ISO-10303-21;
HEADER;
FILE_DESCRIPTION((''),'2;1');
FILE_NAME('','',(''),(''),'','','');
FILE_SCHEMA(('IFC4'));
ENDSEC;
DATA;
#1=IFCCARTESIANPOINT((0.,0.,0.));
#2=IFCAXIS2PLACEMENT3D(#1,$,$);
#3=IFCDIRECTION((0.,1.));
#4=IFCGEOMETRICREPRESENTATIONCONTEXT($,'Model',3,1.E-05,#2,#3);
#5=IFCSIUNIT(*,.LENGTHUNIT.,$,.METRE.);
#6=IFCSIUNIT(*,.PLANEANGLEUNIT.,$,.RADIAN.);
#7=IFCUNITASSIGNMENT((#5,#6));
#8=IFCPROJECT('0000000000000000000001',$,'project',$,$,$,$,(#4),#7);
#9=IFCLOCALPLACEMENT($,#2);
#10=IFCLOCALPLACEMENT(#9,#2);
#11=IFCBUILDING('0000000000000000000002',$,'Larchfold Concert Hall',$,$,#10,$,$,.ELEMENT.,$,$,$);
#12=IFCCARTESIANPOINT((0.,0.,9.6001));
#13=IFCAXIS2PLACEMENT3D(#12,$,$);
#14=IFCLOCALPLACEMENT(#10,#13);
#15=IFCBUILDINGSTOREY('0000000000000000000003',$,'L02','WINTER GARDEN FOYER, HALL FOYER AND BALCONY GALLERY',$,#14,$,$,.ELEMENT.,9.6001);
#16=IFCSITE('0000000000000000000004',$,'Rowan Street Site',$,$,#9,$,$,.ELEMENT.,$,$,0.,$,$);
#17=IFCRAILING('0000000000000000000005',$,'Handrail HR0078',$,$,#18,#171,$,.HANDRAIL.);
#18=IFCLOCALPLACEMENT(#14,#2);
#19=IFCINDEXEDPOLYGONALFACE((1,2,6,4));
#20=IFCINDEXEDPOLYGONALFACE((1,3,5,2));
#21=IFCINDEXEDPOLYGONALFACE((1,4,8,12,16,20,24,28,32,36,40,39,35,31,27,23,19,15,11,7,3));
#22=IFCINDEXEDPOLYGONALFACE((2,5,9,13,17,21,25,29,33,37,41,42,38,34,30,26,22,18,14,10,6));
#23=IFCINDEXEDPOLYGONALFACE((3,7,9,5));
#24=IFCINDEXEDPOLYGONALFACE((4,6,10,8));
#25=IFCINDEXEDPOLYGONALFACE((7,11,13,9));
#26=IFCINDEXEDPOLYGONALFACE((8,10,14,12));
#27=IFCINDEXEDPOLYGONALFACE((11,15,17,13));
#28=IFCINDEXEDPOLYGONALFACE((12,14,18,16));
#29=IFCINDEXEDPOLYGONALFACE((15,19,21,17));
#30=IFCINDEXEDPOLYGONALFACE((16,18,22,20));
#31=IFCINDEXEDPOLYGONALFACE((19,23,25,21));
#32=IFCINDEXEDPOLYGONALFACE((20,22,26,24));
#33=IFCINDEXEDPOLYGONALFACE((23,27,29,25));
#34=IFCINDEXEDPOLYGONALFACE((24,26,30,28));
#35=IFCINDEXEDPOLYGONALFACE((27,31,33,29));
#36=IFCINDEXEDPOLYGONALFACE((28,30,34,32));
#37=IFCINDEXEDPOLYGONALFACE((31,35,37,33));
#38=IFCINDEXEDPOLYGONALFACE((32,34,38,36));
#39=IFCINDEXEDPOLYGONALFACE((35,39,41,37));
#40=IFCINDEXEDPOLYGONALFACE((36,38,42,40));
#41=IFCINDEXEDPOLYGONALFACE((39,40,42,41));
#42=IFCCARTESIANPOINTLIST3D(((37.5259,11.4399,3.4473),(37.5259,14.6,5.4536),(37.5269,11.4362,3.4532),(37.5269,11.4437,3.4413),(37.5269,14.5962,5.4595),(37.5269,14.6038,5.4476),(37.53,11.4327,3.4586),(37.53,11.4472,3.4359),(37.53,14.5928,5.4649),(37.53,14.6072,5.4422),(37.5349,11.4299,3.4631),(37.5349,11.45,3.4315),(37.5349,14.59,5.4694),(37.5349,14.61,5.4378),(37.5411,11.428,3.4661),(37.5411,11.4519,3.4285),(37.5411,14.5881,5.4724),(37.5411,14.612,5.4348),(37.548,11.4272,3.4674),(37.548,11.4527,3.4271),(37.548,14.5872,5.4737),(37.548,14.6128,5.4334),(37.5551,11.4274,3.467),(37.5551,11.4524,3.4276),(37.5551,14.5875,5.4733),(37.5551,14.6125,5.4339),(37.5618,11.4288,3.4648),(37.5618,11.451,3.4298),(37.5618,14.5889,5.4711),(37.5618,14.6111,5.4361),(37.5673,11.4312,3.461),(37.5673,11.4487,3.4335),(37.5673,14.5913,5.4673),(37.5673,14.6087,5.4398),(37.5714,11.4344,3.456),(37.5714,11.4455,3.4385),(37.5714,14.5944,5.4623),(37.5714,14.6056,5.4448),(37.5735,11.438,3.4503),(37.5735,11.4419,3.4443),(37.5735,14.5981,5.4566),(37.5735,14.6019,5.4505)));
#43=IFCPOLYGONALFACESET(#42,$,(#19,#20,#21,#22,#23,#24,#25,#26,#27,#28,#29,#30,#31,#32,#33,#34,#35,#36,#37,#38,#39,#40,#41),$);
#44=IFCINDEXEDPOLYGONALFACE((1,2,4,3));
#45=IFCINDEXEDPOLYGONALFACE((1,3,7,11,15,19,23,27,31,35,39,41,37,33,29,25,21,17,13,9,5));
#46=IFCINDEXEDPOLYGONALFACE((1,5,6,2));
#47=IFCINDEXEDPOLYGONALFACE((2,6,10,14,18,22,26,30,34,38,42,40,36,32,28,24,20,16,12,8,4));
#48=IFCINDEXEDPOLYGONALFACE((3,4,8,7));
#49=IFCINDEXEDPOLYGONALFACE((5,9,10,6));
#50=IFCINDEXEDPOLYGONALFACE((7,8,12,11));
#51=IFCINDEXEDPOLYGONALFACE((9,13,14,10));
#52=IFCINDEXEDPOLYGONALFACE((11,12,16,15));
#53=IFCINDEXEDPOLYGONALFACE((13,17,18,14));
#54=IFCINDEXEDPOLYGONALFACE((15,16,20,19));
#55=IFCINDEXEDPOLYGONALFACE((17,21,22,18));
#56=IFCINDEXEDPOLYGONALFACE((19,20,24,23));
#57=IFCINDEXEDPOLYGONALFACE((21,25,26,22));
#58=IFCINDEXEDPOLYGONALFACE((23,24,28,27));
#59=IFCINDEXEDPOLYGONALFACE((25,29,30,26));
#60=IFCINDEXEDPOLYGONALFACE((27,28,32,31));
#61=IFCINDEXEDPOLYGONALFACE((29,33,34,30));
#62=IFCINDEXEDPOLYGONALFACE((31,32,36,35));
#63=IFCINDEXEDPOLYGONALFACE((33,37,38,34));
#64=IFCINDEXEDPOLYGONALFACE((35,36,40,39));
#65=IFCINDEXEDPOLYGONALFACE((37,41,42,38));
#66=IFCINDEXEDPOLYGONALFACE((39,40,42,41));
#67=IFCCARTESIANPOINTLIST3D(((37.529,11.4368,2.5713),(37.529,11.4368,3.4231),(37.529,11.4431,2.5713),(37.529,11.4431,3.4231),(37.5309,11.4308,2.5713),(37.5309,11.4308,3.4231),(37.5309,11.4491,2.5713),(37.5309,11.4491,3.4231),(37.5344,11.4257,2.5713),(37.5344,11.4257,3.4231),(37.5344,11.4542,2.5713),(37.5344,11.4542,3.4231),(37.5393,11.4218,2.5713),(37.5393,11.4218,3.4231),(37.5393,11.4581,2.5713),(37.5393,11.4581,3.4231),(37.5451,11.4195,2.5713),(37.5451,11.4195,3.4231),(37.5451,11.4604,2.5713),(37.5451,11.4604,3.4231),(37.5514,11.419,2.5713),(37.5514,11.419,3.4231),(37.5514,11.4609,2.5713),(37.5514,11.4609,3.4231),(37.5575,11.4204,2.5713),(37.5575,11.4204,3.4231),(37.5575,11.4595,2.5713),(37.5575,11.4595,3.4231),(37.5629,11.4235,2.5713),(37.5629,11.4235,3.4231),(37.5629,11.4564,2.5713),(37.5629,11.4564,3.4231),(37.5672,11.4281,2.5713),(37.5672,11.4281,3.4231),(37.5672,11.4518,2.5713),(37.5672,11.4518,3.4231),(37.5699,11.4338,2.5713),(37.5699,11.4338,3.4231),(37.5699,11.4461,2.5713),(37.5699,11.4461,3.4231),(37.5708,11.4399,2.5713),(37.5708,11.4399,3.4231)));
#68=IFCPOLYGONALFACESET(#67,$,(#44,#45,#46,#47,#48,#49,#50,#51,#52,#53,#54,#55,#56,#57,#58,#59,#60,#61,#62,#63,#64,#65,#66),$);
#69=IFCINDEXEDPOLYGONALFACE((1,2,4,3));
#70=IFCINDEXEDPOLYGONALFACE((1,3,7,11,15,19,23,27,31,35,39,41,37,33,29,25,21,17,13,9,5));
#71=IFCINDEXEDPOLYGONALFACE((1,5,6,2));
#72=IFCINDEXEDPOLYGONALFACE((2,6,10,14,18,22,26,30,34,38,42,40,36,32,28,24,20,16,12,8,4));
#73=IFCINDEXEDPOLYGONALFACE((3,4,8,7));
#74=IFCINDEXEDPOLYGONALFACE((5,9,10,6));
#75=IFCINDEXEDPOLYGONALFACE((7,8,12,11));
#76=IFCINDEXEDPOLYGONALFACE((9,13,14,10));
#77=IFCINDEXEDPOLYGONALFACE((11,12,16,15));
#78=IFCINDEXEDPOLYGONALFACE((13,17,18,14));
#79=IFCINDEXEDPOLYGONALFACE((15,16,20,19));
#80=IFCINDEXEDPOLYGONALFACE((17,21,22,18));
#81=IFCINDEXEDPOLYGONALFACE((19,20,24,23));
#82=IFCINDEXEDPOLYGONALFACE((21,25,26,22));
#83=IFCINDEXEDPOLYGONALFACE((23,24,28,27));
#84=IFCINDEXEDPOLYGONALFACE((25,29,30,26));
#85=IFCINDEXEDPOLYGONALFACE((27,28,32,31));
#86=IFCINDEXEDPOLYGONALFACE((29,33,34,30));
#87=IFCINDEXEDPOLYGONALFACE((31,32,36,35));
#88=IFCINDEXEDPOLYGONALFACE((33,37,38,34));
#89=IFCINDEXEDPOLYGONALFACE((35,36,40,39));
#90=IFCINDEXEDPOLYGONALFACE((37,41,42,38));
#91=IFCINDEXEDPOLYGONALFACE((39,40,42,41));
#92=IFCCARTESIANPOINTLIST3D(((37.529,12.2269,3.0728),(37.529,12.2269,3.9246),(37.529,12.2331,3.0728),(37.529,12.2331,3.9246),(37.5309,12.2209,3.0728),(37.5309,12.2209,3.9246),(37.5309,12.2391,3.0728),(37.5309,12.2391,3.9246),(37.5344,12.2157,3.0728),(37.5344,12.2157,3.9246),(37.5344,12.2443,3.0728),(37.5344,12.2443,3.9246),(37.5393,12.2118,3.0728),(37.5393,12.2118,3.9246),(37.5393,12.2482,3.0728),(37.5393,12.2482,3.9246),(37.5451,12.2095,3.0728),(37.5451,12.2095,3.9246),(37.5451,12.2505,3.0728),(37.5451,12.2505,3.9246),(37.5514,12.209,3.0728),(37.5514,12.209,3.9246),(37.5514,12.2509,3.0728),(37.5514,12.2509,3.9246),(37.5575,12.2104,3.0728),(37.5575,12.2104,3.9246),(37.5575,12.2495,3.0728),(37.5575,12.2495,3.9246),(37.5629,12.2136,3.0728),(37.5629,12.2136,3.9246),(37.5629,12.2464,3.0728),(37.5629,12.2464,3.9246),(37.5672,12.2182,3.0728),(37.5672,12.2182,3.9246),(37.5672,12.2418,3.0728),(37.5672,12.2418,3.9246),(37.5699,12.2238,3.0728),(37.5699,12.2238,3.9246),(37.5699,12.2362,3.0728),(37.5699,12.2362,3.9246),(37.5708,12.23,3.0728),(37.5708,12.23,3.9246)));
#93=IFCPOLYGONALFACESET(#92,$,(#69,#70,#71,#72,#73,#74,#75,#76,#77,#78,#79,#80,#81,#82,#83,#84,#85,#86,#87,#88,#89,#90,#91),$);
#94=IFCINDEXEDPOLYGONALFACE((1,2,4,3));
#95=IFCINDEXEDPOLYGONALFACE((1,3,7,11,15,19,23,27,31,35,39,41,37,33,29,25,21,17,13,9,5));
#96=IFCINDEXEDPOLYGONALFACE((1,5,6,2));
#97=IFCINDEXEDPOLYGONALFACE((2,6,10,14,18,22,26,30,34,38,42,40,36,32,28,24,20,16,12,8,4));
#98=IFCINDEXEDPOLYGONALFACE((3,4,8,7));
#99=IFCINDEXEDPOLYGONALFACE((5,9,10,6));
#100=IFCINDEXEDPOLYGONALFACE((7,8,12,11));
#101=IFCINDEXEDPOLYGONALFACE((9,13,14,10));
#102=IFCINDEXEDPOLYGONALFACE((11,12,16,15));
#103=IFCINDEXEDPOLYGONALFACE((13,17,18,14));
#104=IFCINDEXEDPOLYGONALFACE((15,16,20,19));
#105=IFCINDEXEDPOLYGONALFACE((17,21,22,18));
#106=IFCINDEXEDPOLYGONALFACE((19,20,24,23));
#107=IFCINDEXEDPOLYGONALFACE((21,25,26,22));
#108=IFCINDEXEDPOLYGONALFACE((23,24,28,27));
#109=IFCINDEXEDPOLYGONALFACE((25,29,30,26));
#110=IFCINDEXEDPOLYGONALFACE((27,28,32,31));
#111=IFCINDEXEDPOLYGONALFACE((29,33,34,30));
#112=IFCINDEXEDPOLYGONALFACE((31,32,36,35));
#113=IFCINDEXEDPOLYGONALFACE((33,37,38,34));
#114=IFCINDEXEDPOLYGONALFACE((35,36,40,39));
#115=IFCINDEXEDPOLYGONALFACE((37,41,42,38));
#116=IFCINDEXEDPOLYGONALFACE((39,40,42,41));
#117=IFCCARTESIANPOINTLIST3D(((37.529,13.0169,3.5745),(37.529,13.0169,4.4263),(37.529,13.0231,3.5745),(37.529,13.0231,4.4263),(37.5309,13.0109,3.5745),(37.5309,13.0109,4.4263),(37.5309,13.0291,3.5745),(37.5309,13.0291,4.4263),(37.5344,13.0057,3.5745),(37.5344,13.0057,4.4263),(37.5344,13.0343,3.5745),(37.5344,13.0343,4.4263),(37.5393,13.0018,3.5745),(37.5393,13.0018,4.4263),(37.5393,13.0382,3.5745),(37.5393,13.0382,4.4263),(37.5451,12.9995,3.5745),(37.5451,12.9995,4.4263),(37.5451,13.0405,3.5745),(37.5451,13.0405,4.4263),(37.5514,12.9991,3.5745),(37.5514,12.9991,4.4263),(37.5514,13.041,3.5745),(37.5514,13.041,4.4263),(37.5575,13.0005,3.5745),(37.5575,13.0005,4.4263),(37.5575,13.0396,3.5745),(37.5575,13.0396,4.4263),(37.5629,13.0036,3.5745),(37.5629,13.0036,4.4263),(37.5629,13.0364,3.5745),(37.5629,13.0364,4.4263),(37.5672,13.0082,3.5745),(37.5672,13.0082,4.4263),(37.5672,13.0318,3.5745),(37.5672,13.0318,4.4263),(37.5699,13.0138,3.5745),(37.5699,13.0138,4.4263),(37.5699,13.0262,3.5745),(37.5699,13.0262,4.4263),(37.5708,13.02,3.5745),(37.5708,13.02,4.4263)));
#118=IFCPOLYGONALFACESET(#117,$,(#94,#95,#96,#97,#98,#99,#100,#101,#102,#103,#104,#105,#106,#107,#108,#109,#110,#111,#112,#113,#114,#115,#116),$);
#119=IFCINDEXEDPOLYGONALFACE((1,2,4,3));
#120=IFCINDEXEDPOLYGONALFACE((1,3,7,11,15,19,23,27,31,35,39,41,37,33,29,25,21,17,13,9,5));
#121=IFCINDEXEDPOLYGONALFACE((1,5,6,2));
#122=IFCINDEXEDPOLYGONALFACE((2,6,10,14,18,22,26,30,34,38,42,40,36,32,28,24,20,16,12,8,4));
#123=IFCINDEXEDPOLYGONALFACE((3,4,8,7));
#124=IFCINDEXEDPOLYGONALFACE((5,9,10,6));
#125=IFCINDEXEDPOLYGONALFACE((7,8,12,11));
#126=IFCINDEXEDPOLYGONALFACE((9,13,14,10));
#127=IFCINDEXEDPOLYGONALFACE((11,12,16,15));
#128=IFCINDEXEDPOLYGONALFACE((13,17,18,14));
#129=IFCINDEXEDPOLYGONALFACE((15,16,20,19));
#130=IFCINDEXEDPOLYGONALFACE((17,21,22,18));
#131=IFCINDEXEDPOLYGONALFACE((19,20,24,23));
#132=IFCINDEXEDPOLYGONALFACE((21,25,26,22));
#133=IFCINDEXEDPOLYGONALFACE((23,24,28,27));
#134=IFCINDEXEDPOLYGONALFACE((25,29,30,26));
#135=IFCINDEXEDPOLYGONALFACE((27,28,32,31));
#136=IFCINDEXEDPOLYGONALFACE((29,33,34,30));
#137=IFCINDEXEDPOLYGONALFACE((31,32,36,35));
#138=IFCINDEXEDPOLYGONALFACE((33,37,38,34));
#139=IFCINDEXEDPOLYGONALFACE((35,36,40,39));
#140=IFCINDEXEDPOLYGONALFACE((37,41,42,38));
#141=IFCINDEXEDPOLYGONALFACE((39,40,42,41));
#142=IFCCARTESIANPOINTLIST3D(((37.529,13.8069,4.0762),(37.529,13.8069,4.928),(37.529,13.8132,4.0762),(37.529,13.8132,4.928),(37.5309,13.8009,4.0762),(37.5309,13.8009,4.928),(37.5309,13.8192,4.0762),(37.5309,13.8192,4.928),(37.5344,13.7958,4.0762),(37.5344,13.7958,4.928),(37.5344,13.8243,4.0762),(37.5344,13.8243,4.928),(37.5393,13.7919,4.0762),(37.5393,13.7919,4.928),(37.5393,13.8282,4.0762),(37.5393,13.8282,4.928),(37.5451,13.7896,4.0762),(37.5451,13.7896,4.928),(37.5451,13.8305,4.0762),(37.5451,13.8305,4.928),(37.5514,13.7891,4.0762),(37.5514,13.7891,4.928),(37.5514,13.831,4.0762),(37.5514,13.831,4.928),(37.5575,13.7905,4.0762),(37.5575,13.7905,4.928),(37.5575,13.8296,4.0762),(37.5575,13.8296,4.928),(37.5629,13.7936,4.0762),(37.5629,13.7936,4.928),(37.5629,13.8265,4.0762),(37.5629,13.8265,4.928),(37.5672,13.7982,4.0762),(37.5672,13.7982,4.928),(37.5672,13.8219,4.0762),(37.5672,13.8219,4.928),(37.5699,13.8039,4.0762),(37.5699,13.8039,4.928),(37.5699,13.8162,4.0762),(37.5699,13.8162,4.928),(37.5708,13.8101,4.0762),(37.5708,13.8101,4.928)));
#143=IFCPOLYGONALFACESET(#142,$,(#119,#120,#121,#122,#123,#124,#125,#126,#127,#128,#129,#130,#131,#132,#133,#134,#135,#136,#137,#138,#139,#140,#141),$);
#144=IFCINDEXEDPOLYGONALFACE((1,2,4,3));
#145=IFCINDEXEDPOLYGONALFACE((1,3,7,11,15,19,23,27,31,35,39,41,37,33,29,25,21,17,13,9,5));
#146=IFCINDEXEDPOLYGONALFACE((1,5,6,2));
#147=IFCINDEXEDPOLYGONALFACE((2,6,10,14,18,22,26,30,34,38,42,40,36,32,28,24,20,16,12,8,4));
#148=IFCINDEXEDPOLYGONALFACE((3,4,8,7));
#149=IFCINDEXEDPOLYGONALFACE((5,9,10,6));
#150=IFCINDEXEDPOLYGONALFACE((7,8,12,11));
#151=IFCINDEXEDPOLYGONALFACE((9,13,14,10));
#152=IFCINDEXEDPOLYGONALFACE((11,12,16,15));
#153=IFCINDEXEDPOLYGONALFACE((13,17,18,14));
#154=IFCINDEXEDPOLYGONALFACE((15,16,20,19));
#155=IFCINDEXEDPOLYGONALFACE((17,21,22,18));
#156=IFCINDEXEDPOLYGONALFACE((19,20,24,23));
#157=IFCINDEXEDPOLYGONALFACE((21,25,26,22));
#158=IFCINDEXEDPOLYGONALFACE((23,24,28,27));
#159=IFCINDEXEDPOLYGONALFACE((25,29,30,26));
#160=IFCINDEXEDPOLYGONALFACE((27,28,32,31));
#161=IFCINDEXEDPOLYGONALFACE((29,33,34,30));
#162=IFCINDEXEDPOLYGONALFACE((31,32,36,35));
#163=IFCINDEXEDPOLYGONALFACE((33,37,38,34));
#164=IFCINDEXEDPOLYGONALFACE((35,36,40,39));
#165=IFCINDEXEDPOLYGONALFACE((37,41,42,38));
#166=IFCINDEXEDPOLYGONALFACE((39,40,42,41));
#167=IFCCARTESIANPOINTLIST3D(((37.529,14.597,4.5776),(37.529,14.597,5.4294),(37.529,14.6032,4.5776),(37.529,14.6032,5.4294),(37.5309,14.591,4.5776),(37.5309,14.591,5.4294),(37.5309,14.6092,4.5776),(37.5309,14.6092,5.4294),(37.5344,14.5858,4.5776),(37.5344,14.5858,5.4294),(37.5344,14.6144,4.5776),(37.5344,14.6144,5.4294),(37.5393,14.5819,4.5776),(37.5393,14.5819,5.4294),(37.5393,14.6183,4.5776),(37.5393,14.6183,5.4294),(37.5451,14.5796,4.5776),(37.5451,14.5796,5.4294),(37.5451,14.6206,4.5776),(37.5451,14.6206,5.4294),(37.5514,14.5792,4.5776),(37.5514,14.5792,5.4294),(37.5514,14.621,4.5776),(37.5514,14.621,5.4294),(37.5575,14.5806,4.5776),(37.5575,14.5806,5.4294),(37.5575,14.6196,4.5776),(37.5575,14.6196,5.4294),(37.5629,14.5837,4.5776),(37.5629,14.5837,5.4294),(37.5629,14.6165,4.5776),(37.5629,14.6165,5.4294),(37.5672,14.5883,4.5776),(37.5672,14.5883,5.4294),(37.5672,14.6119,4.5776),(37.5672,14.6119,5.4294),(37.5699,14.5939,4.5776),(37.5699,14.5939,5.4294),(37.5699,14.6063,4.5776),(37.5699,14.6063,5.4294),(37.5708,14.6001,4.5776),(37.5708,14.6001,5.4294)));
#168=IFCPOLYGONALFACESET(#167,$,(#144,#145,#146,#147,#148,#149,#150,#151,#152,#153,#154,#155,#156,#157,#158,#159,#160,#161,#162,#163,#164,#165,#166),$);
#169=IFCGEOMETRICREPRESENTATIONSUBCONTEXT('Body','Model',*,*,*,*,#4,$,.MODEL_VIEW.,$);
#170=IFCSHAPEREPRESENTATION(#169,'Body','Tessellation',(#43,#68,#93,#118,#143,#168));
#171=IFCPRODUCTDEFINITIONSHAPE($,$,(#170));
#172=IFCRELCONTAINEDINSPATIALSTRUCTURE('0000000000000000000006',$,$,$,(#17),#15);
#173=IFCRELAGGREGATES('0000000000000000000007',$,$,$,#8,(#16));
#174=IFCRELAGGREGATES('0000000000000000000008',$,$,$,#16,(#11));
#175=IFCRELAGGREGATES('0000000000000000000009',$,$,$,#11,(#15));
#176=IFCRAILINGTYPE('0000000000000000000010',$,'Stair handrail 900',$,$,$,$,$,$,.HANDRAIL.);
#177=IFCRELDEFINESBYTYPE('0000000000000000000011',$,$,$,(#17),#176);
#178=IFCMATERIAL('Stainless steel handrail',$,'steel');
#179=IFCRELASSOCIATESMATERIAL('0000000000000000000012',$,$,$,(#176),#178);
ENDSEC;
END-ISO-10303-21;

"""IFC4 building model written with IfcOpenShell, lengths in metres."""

from ifc_helpers import new_model, si_unit, direction, frame, origin, origin_2d, place, context, subcontext, project, spatial, circle, extrude, material, type_object, element, save


model = new_model("IFC4")

# Units and contexts
model_context = context("Model", 3, precision=1e-05, world=origin(), true_north=direction((0.0, 1.0)))
body_context = subcontext(model_context, "Body", "Model", "MODEL_VIEW")
ifc_project = project(units=[si_unit("LENGTHUNIT", "METRE"), si_unit("PLANEANGLEUNIT", "RADIAN")], contexts=[model_context])

# Site, building, storey
site_placement = place(None, origin())
site = spatial("IfcSite", under=ifc_project, at=site_placement, Name="Rowan Street Site", CompositionType="ELEMENT", RefElevation=0.0)
building_placement = place(site_placement, origin())
building = spatial("IfcBuilding", under=site, at=building_placement, Name="Larchfold Concert Hall", CompositionType="ELEMENT")
storey_placement = place(building_placement, frame((0.0, 0.0, 9.6001)))
storey = spatial("IfcBuildingStorey", under=building, at=storey_placement, Name="L02", Description="WINTER GARDEN FOYER, HALL FOYER AND BALCONY GALLERY", CompositionType="ELEMENT", Elevation=9.6001)

# Railing
ifc_material_1 = material(Name="Stainless steel handrail", Category="steel")
railing_type_1 = type_object("IfcRailingType", Name="Stair handrail 900", PredefinedType="HANDRAIL", material=ifc_material_1)
railing_1_placement = place(storey_placement, frame((37.5498, 11.4399, 2.5713)))
element("IfcRailing", 1, at=railing_1_placement, inside=storey, type_object=railing_type_1, Name="Handrail HR0078", PredefinedType="HANDRAIL", context=body_context, shape_type="SweptSolid", body=[
    extrude(circle(Radius=0.0239, at=origin_2d()), frame((0.0, 0.0, 0.876), z_axis=(0.0, 0.844225, 0.535989), x_axis=(-1.0, 0.0, 0.0)), (0.0, 0.0, 1.0), 3.7432),
    extrude(circle(Radius=0.021, at=origin_2d()), origin(), (0.0, 0.0, 1.0), 0.8518),
    extrude(circle(Radius=0.021, at=origin_2d()), frame((0.0, 0.79, 0.5015)), (0.0, 0.0, 1.0), 0.8518),
    extrude(circle(Radius=0.021, at=origin_2d()), frame((0.0, 1.5801, 1.0032)), (0.0, 0.0, 1.0), 0.8518),
    extrude(circle(Radius=0.021, at=origin_2d()), frame((0.0, 2.3701, 1.5049)), (0.0, 0.0, 1.0), 0.8518),
    extrude(circle(Radius=0.021, at=origin_2d()), frame((0.0, 3.1602, 2.0063)), (0.0, 0.0, 1.0), 0.8518),
])

save(model, "model.ifc")
